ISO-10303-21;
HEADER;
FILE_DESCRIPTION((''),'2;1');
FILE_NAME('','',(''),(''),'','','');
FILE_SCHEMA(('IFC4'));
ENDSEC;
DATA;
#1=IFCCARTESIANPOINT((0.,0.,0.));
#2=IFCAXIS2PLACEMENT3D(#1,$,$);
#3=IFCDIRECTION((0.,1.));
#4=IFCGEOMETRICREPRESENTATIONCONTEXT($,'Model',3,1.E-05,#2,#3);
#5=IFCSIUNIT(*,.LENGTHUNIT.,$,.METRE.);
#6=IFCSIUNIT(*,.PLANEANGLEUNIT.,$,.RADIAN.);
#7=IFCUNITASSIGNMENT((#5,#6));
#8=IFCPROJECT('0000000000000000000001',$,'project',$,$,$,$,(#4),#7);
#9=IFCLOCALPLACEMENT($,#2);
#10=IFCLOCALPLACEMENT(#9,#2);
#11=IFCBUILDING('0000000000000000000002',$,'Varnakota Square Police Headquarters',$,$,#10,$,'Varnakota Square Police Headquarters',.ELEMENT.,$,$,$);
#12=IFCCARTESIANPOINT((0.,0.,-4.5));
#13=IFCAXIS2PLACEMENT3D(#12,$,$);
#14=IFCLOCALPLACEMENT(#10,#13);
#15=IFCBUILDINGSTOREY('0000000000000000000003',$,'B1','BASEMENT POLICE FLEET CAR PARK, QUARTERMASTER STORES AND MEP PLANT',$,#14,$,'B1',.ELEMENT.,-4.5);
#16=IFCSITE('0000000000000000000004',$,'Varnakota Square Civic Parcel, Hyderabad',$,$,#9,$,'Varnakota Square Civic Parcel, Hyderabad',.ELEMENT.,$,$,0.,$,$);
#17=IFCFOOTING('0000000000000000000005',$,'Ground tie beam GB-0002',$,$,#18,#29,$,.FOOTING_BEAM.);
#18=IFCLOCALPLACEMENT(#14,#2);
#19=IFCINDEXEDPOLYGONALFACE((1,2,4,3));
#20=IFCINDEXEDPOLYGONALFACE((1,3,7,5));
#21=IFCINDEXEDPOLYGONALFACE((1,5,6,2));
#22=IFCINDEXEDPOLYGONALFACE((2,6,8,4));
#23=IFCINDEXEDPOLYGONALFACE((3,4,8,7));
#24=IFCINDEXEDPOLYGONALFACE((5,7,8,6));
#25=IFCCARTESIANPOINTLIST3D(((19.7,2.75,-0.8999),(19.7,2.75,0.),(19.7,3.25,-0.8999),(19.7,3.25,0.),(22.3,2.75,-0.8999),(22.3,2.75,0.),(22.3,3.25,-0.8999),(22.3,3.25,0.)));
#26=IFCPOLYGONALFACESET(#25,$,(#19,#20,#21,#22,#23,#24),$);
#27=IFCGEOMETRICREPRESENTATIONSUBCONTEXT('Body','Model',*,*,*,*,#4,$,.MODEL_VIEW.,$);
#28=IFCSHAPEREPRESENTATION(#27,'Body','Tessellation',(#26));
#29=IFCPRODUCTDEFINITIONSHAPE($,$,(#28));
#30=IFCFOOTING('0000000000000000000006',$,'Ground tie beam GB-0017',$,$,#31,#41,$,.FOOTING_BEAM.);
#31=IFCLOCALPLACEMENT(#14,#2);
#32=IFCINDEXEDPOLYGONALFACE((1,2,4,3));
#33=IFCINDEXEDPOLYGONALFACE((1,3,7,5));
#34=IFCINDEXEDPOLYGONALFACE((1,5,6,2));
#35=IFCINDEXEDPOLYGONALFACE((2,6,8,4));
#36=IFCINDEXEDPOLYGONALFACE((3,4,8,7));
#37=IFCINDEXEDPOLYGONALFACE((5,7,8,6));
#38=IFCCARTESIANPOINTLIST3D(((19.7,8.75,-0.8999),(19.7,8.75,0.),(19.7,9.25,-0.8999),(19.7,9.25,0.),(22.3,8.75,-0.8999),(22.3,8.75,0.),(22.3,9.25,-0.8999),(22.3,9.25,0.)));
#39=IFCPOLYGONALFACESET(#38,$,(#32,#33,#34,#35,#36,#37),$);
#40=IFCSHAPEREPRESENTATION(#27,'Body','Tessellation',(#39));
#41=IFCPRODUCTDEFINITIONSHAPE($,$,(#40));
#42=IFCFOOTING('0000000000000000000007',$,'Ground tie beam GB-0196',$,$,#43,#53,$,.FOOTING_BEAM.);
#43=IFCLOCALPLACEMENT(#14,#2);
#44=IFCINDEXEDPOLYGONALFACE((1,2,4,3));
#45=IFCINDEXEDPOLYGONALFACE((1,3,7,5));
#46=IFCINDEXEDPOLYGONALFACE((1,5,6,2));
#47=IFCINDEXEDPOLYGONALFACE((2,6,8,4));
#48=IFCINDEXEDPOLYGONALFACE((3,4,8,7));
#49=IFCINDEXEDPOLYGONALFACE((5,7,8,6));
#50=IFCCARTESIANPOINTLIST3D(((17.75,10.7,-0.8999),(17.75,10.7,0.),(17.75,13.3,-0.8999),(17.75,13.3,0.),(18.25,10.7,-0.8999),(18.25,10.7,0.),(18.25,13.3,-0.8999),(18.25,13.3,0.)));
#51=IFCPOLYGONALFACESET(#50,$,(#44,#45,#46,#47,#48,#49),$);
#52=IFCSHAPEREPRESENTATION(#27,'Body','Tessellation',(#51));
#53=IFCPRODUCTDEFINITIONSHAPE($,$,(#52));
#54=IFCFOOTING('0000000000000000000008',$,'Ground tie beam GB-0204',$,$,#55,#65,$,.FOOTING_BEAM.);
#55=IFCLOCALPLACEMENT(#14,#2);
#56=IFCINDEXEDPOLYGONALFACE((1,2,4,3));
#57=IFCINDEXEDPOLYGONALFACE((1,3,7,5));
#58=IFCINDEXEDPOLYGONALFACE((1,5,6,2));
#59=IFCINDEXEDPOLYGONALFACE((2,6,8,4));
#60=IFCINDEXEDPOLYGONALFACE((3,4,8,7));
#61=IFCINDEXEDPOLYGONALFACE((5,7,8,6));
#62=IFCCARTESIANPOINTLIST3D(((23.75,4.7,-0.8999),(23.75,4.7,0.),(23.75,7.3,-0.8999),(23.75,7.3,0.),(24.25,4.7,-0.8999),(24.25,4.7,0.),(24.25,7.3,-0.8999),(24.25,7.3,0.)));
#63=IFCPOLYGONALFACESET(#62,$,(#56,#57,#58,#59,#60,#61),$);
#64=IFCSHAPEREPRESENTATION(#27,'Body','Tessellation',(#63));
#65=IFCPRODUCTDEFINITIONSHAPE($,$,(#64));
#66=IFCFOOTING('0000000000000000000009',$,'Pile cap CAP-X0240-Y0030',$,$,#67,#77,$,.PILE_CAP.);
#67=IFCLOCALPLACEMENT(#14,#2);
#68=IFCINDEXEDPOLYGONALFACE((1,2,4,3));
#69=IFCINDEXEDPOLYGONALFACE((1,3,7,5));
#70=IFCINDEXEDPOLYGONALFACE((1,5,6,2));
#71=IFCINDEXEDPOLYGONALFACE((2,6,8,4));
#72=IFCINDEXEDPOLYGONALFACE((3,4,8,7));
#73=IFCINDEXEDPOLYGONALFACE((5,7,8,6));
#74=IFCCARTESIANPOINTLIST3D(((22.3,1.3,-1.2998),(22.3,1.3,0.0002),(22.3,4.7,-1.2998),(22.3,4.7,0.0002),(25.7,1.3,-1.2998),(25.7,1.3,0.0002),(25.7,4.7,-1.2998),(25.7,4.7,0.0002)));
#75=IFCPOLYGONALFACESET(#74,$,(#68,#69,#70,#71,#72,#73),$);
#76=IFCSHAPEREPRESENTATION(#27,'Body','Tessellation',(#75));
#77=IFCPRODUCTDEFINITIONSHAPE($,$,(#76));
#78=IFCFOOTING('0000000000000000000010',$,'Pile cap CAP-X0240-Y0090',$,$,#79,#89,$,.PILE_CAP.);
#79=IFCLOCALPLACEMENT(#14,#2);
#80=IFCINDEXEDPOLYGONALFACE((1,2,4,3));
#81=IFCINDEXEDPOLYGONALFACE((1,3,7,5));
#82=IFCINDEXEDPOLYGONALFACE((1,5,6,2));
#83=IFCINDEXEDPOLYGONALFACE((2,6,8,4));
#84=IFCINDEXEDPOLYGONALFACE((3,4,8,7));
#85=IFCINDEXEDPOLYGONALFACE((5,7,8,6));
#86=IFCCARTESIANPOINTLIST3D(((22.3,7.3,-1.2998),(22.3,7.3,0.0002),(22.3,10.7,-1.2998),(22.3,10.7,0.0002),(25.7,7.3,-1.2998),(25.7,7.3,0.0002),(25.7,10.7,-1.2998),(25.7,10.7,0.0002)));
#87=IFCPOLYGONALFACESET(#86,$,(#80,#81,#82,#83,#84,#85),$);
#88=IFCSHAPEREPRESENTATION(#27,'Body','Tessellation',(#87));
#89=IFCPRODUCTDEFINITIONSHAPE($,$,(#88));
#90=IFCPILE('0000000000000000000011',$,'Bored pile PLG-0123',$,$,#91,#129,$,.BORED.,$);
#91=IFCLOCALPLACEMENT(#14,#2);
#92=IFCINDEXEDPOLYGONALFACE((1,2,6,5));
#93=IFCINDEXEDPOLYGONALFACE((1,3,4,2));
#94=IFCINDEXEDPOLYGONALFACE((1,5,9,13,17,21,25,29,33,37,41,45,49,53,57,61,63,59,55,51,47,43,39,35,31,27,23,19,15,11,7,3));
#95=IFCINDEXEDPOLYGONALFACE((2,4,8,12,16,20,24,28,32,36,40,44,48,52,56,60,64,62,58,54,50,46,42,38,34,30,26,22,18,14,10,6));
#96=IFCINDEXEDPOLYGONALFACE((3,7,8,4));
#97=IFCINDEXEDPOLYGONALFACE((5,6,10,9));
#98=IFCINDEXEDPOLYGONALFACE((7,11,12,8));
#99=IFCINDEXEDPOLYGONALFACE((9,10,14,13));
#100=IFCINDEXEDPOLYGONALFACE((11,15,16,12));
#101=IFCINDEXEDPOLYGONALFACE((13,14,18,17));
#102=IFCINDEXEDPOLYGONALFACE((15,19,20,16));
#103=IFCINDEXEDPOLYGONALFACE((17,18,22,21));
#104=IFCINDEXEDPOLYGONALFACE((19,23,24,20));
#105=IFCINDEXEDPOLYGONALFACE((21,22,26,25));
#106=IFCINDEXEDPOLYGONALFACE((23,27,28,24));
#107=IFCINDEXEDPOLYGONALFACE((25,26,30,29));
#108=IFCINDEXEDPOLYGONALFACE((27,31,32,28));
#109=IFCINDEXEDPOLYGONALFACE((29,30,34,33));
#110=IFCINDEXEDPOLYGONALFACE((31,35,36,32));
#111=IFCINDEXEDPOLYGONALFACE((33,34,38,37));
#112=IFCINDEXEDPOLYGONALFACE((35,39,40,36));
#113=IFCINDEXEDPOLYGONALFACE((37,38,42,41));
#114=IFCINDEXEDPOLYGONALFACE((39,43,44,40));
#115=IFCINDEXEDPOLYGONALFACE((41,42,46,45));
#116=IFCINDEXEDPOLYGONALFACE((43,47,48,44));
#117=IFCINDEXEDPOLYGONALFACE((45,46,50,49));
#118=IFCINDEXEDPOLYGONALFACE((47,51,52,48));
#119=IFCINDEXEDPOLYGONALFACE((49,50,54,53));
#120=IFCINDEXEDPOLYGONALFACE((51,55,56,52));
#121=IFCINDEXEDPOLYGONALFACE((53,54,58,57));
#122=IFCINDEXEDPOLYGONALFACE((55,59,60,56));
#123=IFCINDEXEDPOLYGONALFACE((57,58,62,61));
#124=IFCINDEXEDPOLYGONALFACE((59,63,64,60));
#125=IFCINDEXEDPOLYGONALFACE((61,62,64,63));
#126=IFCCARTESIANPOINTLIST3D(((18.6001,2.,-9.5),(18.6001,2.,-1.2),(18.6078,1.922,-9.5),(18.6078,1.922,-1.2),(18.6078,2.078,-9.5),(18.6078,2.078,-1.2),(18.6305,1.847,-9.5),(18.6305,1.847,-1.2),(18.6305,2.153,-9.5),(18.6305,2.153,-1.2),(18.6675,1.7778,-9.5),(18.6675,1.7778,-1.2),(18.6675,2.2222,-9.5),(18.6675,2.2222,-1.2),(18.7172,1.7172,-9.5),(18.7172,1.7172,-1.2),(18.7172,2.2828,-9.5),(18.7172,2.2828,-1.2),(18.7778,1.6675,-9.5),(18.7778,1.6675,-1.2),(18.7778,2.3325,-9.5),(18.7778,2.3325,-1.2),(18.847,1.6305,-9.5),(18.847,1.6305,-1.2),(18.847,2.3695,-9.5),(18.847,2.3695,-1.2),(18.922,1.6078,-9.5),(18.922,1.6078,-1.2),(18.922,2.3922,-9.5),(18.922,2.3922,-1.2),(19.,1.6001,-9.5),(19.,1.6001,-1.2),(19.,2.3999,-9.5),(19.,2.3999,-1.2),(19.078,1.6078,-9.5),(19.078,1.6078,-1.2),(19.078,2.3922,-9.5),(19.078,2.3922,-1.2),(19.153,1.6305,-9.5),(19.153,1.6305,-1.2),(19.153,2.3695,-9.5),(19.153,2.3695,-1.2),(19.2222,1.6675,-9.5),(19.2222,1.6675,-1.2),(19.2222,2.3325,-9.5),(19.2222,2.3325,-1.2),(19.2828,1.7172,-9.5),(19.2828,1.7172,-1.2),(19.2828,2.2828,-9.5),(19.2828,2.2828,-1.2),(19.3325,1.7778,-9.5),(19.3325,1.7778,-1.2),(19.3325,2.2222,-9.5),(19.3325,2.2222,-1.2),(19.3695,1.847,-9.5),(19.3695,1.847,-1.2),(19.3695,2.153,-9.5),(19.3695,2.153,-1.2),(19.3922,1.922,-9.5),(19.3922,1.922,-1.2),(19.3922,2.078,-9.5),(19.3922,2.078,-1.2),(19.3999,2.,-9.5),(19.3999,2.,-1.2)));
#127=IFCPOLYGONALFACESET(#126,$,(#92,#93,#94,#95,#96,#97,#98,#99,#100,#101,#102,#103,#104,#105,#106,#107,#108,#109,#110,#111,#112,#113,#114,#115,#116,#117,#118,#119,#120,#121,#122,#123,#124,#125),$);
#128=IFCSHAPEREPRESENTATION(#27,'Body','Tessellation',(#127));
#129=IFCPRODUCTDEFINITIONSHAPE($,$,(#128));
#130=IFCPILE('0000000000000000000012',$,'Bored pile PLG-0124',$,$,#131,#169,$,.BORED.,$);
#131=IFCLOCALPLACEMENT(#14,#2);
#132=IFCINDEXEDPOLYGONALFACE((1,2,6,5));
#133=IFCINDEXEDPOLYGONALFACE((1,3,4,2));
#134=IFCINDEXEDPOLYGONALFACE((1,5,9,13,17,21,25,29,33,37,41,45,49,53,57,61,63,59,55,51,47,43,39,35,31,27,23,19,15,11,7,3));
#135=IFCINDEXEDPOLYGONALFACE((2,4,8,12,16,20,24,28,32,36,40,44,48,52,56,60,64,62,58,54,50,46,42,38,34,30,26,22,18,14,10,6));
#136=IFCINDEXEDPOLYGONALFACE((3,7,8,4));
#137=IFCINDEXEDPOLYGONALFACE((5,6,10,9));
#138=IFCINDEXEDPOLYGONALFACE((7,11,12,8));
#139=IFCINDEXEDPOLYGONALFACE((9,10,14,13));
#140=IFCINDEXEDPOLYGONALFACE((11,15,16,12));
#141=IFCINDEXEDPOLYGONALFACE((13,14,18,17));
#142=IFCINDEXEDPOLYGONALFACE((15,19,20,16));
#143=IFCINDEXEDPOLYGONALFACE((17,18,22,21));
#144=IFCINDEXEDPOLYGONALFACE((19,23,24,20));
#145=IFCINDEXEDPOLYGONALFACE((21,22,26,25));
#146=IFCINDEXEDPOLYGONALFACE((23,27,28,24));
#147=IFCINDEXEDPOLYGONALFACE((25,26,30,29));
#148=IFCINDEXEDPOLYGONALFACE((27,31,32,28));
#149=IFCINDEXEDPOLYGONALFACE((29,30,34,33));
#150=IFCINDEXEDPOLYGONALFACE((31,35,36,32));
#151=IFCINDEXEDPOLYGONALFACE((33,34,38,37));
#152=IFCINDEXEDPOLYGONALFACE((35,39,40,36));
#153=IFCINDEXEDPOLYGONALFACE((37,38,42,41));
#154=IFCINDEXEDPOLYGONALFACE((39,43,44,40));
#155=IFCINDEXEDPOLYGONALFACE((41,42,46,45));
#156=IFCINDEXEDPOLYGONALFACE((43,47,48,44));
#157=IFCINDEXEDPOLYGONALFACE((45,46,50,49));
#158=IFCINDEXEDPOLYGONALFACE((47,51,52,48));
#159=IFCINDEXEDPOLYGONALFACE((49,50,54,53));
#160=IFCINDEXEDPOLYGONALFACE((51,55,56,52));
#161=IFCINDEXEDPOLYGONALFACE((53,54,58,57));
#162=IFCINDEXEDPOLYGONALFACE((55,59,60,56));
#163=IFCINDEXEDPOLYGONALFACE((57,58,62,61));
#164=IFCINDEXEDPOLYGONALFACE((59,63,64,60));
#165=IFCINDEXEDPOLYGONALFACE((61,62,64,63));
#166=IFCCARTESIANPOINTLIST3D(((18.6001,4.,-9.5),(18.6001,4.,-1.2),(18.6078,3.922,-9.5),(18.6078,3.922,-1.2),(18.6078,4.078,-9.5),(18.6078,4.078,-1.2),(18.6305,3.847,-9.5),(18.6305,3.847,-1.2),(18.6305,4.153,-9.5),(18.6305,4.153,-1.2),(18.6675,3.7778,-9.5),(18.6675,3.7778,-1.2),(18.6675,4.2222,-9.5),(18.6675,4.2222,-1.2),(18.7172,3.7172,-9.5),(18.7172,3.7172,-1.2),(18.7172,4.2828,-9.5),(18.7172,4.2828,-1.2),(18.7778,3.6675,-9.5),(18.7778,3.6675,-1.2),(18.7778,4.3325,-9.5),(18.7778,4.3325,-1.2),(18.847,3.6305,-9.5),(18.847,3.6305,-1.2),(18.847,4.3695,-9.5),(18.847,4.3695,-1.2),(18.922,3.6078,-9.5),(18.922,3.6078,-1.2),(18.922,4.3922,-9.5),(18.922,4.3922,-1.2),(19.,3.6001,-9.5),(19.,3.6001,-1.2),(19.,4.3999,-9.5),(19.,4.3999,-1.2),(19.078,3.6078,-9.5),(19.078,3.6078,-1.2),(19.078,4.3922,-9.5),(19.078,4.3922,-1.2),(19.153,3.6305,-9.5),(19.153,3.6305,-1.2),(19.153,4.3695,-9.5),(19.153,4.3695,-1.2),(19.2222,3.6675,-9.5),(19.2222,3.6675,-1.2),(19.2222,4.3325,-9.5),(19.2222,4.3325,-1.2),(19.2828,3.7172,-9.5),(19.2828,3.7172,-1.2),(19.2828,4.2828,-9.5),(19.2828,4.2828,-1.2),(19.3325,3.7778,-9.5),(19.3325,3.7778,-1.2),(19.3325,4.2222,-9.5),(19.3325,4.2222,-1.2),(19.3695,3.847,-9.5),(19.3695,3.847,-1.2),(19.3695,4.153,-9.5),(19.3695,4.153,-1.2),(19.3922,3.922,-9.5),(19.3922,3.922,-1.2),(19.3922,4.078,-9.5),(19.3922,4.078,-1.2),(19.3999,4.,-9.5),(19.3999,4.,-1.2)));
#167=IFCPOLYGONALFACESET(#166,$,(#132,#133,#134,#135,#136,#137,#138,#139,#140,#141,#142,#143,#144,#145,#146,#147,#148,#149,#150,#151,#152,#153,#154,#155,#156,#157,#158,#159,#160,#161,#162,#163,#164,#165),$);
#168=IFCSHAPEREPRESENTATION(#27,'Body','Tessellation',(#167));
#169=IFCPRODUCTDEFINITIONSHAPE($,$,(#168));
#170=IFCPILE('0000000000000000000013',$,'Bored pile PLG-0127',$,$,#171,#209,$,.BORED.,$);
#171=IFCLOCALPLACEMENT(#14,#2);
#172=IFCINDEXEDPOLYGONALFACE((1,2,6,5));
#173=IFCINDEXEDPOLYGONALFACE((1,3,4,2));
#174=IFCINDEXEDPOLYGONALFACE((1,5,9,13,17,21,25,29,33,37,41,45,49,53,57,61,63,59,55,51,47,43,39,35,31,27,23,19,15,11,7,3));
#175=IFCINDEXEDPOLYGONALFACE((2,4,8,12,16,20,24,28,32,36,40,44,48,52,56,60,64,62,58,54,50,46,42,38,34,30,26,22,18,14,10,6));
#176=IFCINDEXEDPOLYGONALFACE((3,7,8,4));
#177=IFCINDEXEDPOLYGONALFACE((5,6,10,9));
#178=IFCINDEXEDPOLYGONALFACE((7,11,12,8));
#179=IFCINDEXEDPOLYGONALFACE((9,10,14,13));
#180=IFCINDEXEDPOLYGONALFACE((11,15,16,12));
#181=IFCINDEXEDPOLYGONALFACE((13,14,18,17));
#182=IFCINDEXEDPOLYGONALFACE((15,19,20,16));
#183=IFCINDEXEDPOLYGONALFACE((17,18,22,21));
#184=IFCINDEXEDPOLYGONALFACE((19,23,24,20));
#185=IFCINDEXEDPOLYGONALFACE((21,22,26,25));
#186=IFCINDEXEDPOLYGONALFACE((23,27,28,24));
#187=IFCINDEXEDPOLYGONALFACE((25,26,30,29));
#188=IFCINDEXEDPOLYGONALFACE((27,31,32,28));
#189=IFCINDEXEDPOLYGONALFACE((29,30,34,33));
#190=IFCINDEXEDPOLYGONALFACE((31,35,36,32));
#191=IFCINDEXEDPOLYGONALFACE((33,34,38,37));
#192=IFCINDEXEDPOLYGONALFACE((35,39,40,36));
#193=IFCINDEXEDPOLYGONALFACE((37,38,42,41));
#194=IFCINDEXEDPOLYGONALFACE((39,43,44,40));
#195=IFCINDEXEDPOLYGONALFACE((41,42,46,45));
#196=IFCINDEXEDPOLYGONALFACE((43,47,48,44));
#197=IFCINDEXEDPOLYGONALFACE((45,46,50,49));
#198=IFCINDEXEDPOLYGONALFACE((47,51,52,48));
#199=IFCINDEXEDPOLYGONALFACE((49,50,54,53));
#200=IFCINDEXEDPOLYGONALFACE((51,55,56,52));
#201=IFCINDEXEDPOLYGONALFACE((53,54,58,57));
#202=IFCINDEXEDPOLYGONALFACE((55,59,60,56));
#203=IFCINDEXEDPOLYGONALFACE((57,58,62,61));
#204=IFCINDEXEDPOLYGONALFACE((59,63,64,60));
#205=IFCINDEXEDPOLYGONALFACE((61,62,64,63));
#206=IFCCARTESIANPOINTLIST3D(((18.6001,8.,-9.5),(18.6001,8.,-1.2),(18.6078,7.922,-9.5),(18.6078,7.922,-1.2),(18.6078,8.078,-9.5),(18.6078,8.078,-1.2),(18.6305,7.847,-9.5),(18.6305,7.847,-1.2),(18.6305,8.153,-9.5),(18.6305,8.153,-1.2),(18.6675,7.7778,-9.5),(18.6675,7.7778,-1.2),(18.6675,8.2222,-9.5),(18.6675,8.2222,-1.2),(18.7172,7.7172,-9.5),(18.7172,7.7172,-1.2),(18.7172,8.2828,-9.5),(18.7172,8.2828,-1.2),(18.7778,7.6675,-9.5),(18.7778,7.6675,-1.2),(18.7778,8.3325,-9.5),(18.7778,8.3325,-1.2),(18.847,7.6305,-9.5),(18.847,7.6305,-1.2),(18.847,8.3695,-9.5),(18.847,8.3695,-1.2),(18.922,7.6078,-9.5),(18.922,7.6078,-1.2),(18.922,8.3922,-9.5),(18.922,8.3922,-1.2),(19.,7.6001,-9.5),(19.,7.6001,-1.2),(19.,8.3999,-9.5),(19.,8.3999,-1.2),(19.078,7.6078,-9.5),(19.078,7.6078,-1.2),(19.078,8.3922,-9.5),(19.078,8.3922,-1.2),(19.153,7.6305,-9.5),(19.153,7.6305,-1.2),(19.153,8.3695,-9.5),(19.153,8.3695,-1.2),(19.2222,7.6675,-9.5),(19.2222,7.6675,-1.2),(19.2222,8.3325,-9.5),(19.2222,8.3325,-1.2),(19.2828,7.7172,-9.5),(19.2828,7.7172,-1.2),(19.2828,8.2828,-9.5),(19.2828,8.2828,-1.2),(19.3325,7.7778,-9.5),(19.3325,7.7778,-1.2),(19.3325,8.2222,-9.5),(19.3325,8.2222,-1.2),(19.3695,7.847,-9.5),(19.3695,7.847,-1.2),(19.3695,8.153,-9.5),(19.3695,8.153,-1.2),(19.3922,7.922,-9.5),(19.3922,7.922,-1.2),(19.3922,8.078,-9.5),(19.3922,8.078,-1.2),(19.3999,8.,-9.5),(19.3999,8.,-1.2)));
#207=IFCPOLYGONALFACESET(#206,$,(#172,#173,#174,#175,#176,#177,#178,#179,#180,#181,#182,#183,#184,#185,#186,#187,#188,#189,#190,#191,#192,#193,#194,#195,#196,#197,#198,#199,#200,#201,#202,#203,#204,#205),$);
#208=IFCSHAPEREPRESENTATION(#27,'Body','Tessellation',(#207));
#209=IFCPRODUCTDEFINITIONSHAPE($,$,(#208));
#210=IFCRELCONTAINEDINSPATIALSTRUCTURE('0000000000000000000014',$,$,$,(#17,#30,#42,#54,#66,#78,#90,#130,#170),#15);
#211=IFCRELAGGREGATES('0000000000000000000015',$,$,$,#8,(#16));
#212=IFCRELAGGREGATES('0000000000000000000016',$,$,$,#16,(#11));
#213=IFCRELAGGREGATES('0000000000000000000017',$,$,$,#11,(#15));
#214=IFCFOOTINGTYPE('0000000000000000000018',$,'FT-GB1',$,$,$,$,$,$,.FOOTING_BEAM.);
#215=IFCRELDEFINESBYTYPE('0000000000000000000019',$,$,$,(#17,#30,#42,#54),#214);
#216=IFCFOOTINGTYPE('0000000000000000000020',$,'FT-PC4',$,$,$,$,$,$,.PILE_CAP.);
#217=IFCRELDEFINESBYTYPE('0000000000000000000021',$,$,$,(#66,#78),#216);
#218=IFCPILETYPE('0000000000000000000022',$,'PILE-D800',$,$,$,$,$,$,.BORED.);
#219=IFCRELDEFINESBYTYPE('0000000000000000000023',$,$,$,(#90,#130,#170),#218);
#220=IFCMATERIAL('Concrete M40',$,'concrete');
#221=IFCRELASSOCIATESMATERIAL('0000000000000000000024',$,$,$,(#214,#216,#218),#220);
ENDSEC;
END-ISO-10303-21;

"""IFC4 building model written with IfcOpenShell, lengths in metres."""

from ifc_helpers import new_model, si_unit, direction, frame, origin, origin_2d, place, context, subcontext, project, spatial, rectangle, circle, extrude, material, material_profile, profile_set, type_object, element, save


model = new_model("IFC4")

# Units and contexts
model_context = context("Model", 3, precision=1e-05, world=origin(), true_north=direction((0.0, 1.0)))
body_context = subcontext(model_context, "Body", "Model", "MODEL_VIEW")
ifc_project = project(units=[si_unit("LENGTHUNIT", "METRE"), si_unit("PLANEANGLEUNIT", "RADIAN")], contexts=[model_context])

# Site, building, storey
site_placement = place(None, origin())
site = spatial("IfcSite", under=ifc_project, at=site_placement, Name="Varnakota Square Civic Parcel, Hyderabad", LongName="Varnakota Square Civic Parcel, Hyderabad", CompositionType="ELEMENT", RefElevation=0.0)
building_placement = place(site_placement, origin())
building = spatial("IfcBuilding", under=site, at=building_placement, Name="Varnakota Square Police Headquarters", LongName="Varnakota Square Police Headquarters", CompositionType="ELEMENT")
storey_placement = place(building_placement, frame((0.0, 0.0, -4.5)))
storey = spatial("IfcBuildingStorey", under=building, at=storey_placement, Name="B1", Description="BASEMENT POLICE FLEET CAR PARK, QUARTERMASTER STORES AND MEP PLANT", LongName="B1", CompositionType="ELEMENT", Elevation=-4.5)

# Footings
ifc_material_1 = material(Name="Concrete M40", Category="concrete")
ifc_material_profile_1 = material_profile(ifc_material_1, rectangle(XDim=0.5, YDim=0.8999, at=origin_2d()), Name="GB 500x900")
ifc_profile_set_1 = profile_set([ifc_material_profile_1], Name="Concrete M40")
footing_type_1 = type_object("IfcFootingType", Name="FT-GB1", PredefinedType="FOOTING_BEAM", material=ifc_profile_set_1)
for number, where, z_axis, x_axis, name in (
    (1, (19.7, 3.0, -0.45), (1.0, 0.0, 0.0), (0.0, 1.0, 0.0), "Ground tie beam GB-0002"),
    (2, (19.7, 9.0, -0.45), (1.0, 0.0, 0.0), (0.0, 1.0, 0.0), "Ground tie beam GB-0017"),
    (3, (18.0, 10.7, -0.45), (0.0, 1.0, 0.0), (-1.0, 0.0, 0.0), "Ground tie beam GB-0196"),
    (4, (24.0, 4.7, -0.45), (0.0, 1.0, 0.0), (-1.0, 0.0, 0.0), "Ground tie beam GB-0204"),
):
    element("IfcFooting", number, at=place(storey_placement, frame(where, z_axis=z_axis, x_axis=x_axis)), inside=storey, type_object=footing_type_1, Name=name, PredefinedType="FOOTING_BEAM", context=body_context, shape_type="SweptSolid", body=[
        extrude(rectangle(XDim=0.5, YDim=0.8999, at=origin_2d()), origin(), (0.0, 0.0, 1.0), 2.6001),
    ])
footing_type_2 = type_object("IfcFootingType", Name="FT-PC4", PredefinedType="PILE_CAP", material=ifc_material_1)
for number, where, z_axis, x_axis, name in (
    (5, (24.0, 3.0, -1.2998), (0.0, 0.0, 1.0), (1.0, 0.0, 0.0), "Pile cap CAP-X0240-Y0030"),
    (6, (24.0, 9.0, -1.2998), (0.0, 0.0, 1.0), (1.0, 0.0, 0.0), "Pile cap CAP-X0240-Y0090"),
):
    element("IfcFooting", number, at=place(storey_placement, frame(where, z_axis=z_axis, x_axis=x_axis)), inside=storey, type_object=footing_type_2, Name=name, PredefinedType="PILE_CAP", context=body_context, shape_type="SweptSolid", body=[
        extrude(rectangle(XDim=3.3999, YDim=3.3999, at=origin_2d()), origin(), (0.0, 0.0, 1.0), 1.3),
    ])

# Piles
ifc_material_profile_2 = material_profile(ifc_material_1, circle(Radius=0.3999, at=origin_2d()), Name="BORED PILE 800")
ifc_profile_set_2 = profile_set([ifc_material_profile_2], Name="Concrete M40")
pile_type = type_object("IfcPileType", Name="PILE-D800", PredefinedType="BORED", material=ifc_profile_set_2)
for number, where, z_axis, x_axis, name in (
    (7, (19.0, 2.0, -1.2), (0.0, 0.0, -1.0), (1.0, 0.0, 0.0), "Bored pile PLG-0123"),
    (8, (19.0, 4.0, -1.2), (0.0, 0.0, -1.0), (1.0, 0.0, 0.0), "Bored pile PLG-0124"),
    (9, (19.0, 8.0, -1.2), (0.0, 0.0, -1.0), (1.0, 0.0, 0.0), "Bored pile PLG-0127"),
):
    element("IfcPile", number, at=place(storey_placement, frame(where, z_axis=z_axis, x_axis=x_axis)), inside=storey, type_object=pile_type, Name=name, PredefinedType="BORED", context=body_context, shape_type="SweptSolid", body=[
        extrude(circle(Radius=0.3999, at=origin_2d()), origin(), (0.0, 0.0, 1.0), 8.3),
    ])

save(model, "model.ifc")
